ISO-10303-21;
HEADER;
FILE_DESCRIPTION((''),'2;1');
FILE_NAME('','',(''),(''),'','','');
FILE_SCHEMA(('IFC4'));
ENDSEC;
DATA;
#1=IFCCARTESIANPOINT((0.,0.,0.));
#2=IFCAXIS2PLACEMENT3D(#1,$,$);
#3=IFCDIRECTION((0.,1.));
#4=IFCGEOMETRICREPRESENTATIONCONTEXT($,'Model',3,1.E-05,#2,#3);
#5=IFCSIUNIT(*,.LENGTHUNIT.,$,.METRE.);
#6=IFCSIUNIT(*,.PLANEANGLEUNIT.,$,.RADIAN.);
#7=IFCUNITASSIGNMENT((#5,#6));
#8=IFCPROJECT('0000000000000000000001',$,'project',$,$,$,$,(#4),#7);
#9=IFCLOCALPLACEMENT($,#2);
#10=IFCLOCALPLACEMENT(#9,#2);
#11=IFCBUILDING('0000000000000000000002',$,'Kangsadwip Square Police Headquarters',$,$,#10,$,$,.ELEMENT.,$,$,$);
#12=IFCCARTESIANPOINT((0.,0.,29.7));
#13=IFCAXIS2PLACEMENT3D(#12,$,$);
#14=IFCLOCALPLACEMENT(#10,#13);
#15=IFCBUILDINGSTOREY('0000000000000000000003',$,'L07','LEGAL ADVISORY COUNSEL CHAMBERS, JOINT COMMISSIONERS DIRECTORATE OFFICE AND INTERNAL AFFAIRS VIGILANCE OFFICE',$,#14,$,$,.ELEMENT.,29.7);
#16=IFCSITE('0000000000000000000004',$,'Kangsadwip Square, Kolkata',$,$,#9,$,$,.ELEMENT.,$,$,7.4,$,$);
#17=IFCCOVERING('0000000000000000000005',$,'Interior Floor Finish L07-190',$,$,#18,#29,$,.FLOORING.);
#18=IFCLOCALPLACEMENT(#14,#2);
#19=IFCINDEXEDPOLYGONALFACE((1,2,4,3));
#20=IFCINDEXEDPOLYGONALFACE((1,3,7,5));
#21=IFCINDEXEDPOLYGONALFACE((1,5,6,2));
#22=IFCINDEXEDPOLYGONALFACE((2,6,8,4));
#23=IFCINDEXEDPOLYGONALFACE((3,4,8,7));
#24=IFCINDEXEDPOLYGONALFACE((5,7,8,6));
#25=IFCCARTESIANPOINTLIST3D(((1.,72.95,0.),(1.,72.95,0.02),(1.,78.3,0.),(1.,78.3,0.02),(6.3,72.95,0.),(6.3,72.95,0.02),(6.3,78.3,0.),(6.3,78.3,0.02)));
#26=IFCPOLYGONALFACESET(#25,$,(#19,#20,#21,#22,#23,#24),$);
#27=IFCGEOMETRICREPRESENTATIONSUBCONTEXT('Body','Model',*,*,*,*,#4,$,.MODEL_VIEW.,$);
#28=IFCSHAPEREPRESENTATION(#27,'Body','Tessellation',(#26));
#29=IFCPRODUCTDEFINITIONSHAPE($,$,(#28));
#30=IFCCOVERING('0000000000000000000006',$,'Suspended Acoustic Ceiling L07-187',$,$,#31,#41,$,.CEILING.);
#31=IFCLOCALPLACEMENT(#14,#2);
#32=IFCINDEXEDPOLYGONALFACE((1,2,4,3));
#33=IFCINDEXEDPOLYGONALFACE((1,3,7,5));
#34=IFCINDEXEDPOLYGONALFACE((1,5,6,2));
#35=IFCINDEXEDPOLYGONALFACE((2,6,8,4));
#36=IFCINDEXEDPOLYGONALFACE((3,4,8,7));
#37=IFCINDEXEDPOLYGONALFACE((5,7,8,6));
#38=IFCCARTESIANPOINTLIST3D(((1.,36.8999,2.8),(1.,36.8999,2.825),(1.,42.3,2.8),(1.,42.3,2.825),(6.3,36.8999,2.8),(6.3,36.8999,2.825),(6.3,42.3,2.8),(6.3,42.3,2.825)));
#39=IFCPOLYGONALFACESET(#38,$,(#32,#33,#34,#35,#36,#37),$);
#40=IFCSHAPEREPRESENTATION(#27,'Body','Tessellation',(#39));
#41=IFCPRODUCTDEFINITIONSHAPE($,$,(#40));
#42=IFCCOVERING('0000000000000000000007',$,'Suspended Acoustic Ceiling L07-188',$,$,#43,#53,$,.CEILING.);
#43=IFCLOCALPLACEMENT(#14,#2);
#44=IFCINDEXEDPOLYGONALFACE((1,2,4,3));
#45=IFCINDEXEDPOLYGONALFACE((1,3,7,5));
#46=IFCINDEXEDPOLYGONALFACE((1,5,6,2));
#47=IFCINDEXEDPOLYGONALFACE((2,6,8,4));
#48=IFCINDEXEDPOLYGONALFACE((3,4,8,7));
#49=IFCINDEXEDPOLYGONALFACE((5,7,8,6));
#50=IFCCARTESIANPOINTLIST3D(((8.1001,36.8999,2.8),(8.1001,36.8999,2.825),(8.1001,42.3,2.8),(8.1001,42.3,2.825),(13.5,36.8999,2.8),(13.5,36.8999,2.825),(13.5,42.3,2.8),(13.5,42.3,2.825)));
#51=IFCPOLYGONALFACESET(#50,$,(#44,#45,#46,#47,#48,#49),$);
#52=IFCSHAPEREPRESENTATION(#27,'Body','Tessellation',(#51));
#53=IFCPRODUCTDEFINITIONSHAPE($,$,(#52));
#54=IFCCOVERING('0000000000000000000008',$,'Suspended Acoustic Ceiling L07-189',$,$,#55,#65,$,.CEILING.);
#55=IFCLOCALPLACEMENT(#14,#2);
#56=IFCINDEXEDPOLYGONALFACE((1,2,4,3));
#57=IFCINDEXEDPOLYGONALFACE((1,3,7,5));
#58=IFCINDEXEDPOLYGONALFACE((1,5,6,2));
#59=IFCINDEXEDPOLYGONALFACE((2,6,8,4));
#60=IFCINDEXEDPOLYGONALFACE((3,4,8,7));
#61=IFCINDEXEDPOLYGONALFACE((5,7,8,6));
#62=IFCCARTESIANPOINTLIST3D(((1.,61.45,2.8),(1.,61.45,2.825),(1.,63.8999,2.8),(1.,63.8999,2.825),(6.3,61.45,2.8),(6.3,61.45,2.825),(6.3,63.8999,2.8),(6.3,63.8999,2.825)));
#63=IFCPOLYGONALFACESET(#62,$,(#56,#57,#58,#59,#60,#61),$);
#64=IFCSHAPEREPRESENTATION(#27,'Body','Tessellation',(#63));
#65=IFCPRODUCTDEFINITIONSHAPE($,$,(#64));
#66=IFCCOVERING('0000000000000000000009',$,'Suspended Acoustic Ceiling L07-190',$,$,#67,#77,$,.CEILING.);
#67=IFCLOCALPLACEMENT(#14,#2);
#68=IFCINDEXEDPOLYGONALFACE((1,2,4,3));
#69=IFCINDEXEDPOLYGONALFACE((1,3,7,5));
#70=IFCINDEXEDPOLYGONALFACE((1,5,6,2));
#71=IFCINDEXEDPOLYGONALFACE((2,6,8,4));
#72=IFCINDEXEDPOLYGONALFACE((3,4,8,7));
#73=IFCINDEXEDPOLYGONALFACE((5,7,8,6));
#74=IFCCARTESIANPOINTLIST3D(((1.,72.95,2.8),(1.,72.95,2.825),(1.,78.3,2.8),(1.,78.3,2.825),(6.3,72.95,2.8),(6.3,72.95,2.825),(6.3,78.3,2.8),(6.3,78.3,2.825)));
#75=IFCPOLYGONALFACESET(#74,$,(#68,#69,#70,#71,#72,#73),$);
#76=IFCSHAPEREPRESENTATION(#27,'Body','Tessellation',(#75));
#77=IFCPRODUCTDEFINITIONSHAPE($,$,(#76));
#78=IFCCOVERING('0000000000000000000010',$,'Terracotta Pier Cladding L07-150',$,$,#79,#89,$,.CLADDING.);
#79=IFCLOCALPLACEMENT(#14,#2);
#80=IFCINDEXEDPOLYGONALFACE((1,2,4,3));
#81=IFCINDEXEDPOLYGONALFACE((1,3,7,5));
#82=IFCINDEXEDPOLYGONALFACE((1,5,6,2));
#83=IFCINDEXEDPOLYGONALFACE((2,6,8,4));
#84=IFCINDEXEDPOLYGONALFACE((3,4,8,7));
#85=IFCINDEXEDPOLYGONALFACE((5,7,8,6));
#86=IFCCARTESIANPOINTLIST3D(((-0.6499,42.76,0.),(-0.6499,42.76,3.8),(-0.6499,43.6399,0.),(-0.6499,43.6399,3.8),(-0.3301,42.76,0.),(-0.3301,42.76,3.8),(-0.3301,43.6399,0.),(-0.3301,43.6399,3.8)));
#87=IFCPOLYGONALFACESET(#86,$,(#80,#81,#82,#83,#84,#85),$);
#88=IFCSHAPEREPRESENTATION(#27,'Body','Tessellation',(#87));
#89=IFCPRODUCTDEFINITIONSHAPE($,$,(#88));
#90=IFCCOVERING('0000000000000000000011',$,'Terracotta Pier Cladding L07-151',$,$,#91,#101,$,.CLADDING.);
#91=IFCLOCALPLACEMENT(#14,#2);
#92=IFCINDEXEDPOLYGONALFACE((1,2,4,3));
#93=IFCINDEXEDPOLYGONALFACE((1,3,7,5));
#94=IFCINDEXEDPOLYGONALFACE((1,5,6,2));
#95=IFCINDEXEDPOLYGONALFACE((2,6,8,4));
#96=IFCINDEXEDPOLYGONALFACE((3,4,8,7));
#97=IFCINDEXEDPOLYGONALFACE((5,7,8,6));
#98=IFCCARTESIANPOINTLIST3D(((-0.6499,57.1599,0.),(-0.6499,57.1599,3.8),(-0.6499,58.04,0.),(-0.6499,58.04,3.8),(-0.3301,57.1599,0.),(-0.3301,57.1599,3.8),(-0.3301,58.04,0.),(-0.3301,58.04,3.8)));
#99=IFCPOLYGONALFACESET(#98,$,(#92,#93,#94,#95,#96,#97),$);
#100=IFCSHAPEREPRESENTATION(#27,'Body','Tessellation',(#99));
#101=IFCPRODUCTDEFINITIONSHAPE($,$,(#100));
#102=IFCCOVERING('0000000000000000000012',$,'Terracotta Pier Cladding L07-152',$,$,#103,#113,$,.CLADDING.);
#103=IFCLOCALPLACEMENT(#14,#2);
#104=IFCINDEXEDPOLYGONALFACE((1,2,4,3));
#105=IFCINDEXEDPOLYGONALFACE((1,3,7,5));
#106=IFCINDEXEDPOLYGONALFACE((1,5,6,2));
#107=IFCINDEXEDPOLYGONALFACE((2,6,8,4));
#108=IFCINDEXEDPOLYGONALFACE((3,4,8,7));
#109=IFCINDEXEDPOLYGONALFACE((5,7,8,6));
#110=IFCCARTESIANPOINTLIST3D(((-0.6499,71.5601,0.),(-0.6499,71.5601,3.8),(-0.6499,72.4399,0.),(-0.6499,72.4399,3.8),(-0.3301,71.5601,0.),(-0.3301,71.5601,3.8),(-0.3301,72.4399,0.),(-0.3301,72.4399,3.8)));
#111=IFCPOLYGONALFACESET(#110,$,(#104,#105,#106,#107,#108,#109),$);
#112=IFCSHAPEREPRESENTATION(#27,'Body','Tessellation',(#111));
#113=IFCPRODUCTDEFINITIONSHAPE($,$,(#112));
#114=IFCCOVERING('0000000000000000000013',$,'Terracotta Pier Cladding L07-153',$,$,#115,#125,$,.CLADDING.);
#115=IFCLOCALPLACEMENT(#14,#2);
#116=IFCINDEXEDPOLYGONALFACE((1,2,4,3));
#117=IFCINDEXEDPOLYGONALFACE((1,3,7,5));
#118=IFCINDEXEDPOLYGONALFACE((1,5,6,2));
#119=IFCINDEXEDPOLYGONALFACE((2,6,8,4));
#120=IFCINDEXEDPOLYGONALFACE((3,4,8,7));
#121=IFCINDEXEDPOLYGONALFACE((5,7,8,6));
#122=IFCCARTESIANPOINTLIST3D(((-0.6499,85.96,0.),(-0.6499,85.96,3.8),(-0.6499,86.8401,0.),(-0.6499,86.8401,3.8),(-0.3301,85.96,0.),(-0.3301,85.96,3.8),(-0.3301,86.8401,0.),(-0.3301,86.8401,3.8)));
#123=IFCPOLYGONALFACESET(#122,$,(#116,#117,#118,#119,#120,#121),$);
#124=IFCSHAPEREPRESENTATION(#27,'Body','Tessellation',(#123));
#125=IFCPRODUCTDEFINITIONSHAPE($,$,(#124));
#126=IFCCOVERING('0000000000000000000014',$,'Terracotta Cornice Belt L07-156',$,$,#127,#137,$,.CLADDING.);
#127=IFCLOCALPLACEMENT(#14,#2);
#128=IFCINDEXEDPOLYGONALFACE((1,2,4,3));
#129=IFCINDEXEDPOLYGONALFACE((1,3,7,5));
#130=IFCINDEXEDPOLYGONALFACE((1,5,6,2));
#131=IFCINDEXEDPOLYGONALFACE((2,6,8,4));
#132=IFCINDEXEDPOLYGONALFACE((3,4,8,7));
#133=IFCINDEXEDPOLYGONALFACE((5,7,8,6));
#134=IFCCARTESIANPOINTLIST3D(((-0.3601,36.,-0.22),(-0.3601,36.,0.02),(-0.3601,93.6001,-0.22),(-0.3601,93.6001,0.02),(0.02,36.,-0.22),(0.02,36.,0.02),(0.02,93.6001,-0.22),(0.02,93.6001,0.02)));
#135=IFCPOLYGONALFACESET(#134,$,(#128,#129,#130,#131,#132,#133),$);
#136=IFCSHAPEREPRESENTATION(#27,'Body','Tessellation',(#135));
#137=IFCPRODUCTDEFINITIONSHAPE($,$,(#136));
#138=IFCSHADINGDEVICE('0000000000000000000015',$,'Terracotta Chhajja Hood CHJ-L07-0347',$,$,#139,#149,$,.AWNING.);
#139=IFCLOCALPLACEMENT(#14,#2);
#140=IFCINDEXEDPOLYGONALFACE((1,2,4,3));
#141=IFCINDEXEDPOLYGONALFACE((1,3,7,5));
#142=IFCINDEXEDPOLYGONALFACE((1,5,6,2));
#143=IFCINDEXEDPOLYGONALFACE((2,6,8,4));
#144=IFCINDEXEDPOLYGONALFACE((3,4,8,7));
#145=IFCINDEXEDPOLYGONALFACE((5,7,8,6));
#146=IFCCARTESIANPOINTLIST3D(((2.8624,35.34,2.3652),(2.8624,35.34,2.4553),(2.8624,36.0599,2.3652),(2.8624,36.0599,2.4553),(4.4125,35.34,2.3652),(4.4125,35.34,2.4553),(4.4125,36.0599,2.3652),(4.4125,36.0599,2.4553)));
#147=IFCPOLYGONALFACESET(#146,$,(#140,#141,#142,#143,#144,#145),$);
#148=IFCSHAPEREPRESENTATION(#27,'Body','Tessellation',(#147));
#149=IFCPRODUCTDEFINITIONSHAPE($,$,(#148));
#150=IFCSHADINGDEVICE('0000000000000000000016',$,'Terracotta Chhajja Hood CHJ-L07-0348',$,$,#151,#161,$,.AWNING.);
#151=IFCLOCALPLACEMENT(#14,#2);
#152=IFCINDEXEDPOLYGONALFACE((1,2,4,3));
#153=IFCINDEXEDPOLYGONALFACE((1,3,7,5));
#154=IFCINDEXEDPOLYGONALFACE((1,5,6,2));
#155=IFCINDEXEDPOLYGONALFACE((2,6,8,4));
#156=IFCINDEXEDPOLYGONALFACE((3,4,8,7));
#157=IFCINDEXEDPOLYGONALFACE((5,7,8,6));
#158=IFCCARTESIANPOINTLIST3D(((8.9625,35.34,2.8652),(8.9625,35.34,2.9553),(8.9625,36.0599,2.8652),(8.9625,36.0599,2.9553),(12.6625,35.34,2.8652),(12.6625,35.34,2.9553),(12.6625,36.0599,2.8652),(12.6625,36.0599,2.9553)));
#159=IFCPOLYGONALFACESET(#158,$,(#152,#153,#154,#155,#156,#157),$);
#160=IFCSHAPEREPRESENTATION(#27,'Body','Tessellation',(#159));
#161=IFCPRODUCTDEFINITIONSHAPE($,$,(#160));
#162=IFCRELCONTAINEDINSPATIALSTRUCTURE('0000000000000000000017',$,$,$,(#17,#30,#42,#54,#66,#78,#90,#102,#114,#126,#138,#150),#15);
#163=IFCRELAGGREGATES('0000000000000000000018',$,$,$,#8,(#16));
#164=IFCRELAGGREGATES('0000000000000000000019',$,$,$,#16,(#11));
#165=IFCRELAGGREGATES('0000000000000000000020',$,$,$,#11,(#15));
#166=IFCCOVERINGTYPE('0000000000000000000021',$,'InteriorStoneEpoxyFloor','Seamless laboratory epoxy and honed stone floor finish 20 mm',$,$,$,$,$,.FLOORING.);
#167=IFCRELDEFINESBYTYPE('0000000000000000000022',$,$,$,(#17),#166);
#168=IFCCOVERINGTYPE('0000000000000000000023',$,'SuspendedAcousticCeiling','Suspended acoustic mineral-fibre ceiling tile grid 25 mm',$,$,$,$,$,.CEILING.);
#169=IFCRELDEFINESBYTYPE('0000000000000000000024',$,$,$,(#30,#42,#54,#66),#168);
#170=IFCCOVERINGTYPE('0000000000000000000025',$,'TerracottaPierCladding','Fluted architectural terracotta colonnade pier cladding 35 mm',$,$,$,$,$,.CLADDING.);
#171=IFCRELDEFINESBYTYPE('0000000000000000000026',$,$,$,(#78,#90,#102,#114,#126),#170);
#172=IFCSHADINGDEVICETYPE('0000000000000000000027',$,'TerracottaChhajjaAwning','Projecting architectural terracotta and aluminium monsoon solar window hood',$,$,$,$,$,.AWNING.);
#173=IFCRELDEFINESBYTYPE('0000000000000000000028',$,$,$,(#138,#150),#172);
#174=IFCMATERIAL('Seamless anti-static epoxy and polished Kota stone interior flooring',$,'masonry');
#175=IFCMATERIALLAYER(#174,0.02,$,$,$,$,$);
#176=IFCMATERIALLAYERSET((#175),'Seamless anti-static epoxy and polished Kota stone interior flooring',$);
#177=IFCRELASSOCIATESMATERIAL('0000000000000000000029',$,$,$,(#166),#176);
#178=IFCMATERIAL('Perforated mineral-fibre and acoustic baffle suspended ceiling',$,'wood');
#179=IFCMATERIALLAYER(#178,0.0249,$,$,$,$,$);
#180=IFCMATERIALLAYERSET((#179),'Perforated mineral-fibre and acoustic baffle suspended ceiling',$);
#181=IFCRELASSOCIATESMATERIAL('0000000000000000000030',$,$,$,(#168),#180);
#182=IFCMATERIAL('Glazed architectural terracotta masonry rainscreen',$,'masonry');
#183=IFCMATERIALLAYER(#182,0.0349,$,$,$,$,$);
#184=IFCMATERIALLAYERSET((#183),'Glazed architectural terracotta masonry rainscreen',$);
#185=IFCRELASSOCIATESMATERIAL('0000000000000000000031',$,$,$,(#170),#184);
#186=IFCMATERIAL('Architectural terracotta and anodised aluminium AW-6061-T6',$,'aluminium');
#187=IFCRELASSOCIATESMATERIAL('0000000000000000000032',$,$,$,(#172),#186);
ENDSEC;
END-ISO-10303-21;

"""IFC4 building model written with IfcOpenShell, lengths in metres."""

from ifc_helpers import new_model, si_unit, direction, frame, origin, origin_2d, place, context, subcontext, project, spatial, polyline, rectangle, outline, extrude, material, layer, layer_set, type_object, element, save


model = new_model("IFC4")

# Units and contexts
model_context = context("Model", 3, precision=1e-05, world=origin(), true_north=direction((0.0, 1.0)))
body_context = subcontext(model_context, "Body", "Model", "MODEL_VIEW")
ifc_project = project(units=[si_unit("LENGTHUNIT", "METRE"), si_unit("PLANEANGLEUNIT", "RADIAN")], contexts=[model_context])

# Site, building, storey
site_placement = place(None, origin())
site = spatial("IfcSite", under=ifc_project, at=site_placement, Name="Kangsadwip Square, Kolkata", CompositionType="ELEMENT", RefElevation=7.4)
building_placement = place(site_placement, origin())
building = spatial("IfcBuilding", under=site, at=building_placement, Name="Kangsadwip Square Police Headquarters", CompositionType="ELEMENT")
storey_placement = place(building_placement, frame((0.0, 0.0, 29.7)))
storey = spatial("IfcBuildingStorey", under=building, at=storey_placement, Name="L07", Description="LEGAL ADVISORY COUNSEL CHAMBERS, JOINT COMMISSIONERS DIRECTORATE OFFICE AND INTERNAL AFFAIRS VIGILANCE OFFICE", CompositionType="ELEMENT", Elevation=29.7)

# Coverings
ifc_material_1 = material(Name="Seamless anti-static epoxy and polished Kota stone interior flooring", Category="masonry")
ifc_layer_1 = layer(ifc_material_1, 0.02)
ifc_layer_set_1 = layer_set([ifc_layer_1], Name="Seamless anti-static epoxy and polished Kota stone interior flooring")
covering_type_1 = type_object("IfcCoveringType", Name="InteriorStoneEpoxyFloor", Description="Seamless laboratory epoxy and honed stone floor finish 20 mm", PredefinedType="FLOORING", material=ifc_layer_set_1)
covering_1_placement = place(storey_placement, origin())
element("IfcCovering", 1, at=covering_1_placement, inside=storey, type_object=covering_type_1, Name="Interior Floor Finish L07-190", PredefinedType="FLOORING", context=body_context, shape_type="SweptSolid", body=[
    extrude(outline(polyline([(1.0, 72.95), (6.3, 72.95), (6.3, 78.3), (1.0, 78.3), (1.0, 72.95)])), origin(), (0.0, 0.0, 1.0), 0.02),
])
ifc_material_2 = material(Name="Perforated mineral-fibre and acoustic baffle suspended ceiling", Category="wood")
ifc_layer_2 = layer(ifc_material_2, 0.0249)
ifc_layer_set_2 = layer_set([ifc_layer_2], Name="Perforated mineral-fibre and acoustic baffle suspended ceiling")
covering_type_2 = type_object("IfcCoveringType", Name="SuspendedAcousticCeiling", Description="Suspended acoustic mineral-fibre ceiling tile grid 25 mm", PredefinedType="CEILING", material=ifc_layer_set_2)
covering_2_placement = place(storey_placement, frame((0.0, 0.0, 2.8)))
element("IfcCovering", 2, at=covering_2_placement, inside=storey, type_object=covering_type_2, Name="Suspended Acoustic Ceiling L07-187", PredefinedType="CEILING", context=body_context, shape_type="SweptSolid", body=[
    extrude(outline(polyline([(1.0, 36.8999), (6.3, 36.8999), (6.3, 42.3), (1.0, 42.3), (1.0, 36.8999)])), origin(), (0.0, 0.0, 1.0), 0.0249),
])
covering_3_placement = place(storey_placement, frame((0.0, 0.0, 2.8)))
element("IfcCovering", 3, at=covering_3_placement, inside=storey, type_object=covering_type_2, Name="Suspended Acoustic Ceiling L07-188", PredefinedType="CEILING", context=body_context, shape_type="SweptSolid", body=[
    extrude(outline(polyline([(8.1001, 36.8999), (13.5, 36.8999), (13.5, 42.3), (8.1001, 42.3), (8.1001, 36.8999)])), origin(), (0.0, 0.0, 1.0), 0.0249),
])
covering_4_placement = place(storey_placement, frame((0.0, 0.0, 2.8)))
element("IfcCovering", 4, at=covering_4_placement, inside=storey, type_object=covering_type_2, Name="Suspended Acoustic Ceiling L07-189", PredefinedType="CEILING", context=body_context, shape_type="SweptSolid", body=[
    extrude(outline(polyline([(1.0, 61.45), (6.3, 61.45), (6.3, 63.8999), (1.0, 63.8999), (1.0, 61.45)])), origin(), (0.0, 0.0, 1.0), 0.0249),
])
covering_5_placement = place(storey_placement, frame((0.0, 0.0, 2.8)))
element("IfcCovering", 5, at=covering_5_placement, inside=storey, type_object=covering_type_2, Name="Suspended Acoustic Ceiling L07-190", PredefinedType="CEILING", context=body_context, shape_type="SweptSolid", body=[
    extrude(outline(polyline([(1.0, 72.95), (6.3, 72.95), (6.3, 78.3), (1.0, 78.3), (1.0, 72.95)])), origin(), (0.0, 0.0, 1.0), 0.0249),
])
ifc_material_3 = material(Name="Glazed architectural terracotta masonry rainscreen", Category="masonry")
ifc_layer_3 = layer(ifc_material_3, 0.0349)
ifc_layer_set_3 = layer_set([ifc_layer_3], Name="Glazed architectural terracotta masonry rainscreen")
covering_type_3 = type_object("IfcCoveringType", Name="TerracottaPierCladding", Description="Fluted architectural terracotta colonnade pier cladding 35 mm", PredefinedType="CLADDING", material=ifc_layer_set_3)
covering_6_placement = place(storey_placement, origin())
element("IfcCovering", 6, at=covering_6_placement, inside=storey, type_object=covering_type_3, Name="Terracotta Pier Cladding L07-150", PredefinedType="CLADDING", context=body_context, shape_type="SweptSolid", body=[
    extrude(outline(polyline([(-0.6499, 42.76), (-0.3301, 42.76), (-0.3301, 43.6399), (-0.6499, 43.6399), (-0.6499, 42.76)])), origin(), (0.0, 0.0, 1.0), 3.8),
])
covering_7_placement = place(storey_placement, origin())
element("IfcCovering", 7, at=covering_7_placement, inside=storey, type_object=covering_type_3, Name="Terracotta Pier Cladding L07-151", PredefinedType="CLADDING", context=body_context, shape_type="SweptSolid", body=[
    extrude(outline(polyline([(-0.6499, 57.1599), (-0.3301, 57.1599), (-0.3301, 58.04), (-0.6499, 58.04), (-0.6499, 57.1599)])), origin(), (0.0, 0.0, 1.0), 3.8),
])
covering_8_placement = place(storey_placement, origin())
element("IfcCovering", 8, at=covering_8_placement, inside=storey, type_object=covering_type_3, Name="Terracotta Pier Cladding L07-152", PredefinedType="CLADDING", context=body_context, shape_type="SweptSolid", body=[
    extrude(outline(polyline([(-0.6499, 71.5601), (-0.3301, 71.5601), (-0.3301, 72.4399), (-0.6499, 72.4399), (-0.6499, 71.5601)])), origin(), (0.0, 0.0, 1.0), 3.8),
])
covering_9_placement = place(storey_placement, origin())
element("IfcCovering", 9, at=covering_9_placement, inside=storey, type_object=covering_type_3, Name="Terracotta Pier Cladding L07-153", PredefinedType="CLADDING", context=body_context, shape_type="SweptSolid", body=[
    extrude(outline(polyline([(-0.6499, 85.96), (-0.3301, 85.96), (-0.3301, 86.8401), (-0.6499, 86.8401), (-0.6499, 85.96)])), origin(), (0.0, 0.0, 1.0), 3.8),
])
covering_10_placement = place(storey_placement, frame((0.0, 0.0, -0.22)))
element("IfcCovering", 10, at=covering_10_placement, inside=storey, type_object=covering_type_3, Name="Terracotta Cornice Belt L07-156", PredefinedType="CLADDING", context=body_context, shape_type="SweptSolid", body=[
    extrude(outline(polyline([(-0.3601, 36.0), (0.02, 36.0), (0.02, 93.6001), (-0.3601, 93.6001), (-0.3601, 36.0)])), origin(), (0.0, 0.0, 1.0), 0.24),
])

# Shading devices
ifc_material_4 = material(Name="Architectural terracotta and anodised aluminium AW-6061-T6", Category="aluminium")
shading_device_type = type_object("IfcShadingDeviceType", Name="TerracottaChhajjaAwning", Description="Projecting architectural terracotta and aluminium monsoon solar window hood", PredefinedType="AWNING", material=ifc_material_4)
shading_device_1_placement = place(storey_placement, frame((3.6375, 35.7, 2.3652), z_axis=(0.0, 0.0, 1.0), x_axis=(1.0, 0.0, 0.0)))
element("IfcShadingDevice", 11, at=shading_device_1_placement, inside=storey, type_object=shading_device_type, Name="Terracotta Chhajja Hood CHJ-L07-0347", PredefinedType="AWNING", context=body_context, shape_type="SweptSolid", body=[
    extrude(rectangle(XDim=1.55, YDim=0.72, at=origin_2d()), origin(), (0.0, 0.0, 1.0), 0.0901),
])
shading_device_2_placement = place(storey_placement, frame((10.8125, 35.7, 2.8652), z_axis=(0.0, 0.0, 1.0), x_axis=(1.0, 0.0, 0.0)))
element("IfcShadingDevice", 12, at=shading_device_2_placement, inside=storey, type_object=shading_device_type, Name="Terracotta Chhajja Hood CHJ-L07-0348", PredefinedType="AWNING", context=body_context, shape_type="SweptSolid", body=[
    extrude(rectangle(XDim=3.7, YDim=0.72, at=origin_2d()), origin(), (0.0, 0.0, 1.0), 0.0901),
])

save(model, "model.ifc")
